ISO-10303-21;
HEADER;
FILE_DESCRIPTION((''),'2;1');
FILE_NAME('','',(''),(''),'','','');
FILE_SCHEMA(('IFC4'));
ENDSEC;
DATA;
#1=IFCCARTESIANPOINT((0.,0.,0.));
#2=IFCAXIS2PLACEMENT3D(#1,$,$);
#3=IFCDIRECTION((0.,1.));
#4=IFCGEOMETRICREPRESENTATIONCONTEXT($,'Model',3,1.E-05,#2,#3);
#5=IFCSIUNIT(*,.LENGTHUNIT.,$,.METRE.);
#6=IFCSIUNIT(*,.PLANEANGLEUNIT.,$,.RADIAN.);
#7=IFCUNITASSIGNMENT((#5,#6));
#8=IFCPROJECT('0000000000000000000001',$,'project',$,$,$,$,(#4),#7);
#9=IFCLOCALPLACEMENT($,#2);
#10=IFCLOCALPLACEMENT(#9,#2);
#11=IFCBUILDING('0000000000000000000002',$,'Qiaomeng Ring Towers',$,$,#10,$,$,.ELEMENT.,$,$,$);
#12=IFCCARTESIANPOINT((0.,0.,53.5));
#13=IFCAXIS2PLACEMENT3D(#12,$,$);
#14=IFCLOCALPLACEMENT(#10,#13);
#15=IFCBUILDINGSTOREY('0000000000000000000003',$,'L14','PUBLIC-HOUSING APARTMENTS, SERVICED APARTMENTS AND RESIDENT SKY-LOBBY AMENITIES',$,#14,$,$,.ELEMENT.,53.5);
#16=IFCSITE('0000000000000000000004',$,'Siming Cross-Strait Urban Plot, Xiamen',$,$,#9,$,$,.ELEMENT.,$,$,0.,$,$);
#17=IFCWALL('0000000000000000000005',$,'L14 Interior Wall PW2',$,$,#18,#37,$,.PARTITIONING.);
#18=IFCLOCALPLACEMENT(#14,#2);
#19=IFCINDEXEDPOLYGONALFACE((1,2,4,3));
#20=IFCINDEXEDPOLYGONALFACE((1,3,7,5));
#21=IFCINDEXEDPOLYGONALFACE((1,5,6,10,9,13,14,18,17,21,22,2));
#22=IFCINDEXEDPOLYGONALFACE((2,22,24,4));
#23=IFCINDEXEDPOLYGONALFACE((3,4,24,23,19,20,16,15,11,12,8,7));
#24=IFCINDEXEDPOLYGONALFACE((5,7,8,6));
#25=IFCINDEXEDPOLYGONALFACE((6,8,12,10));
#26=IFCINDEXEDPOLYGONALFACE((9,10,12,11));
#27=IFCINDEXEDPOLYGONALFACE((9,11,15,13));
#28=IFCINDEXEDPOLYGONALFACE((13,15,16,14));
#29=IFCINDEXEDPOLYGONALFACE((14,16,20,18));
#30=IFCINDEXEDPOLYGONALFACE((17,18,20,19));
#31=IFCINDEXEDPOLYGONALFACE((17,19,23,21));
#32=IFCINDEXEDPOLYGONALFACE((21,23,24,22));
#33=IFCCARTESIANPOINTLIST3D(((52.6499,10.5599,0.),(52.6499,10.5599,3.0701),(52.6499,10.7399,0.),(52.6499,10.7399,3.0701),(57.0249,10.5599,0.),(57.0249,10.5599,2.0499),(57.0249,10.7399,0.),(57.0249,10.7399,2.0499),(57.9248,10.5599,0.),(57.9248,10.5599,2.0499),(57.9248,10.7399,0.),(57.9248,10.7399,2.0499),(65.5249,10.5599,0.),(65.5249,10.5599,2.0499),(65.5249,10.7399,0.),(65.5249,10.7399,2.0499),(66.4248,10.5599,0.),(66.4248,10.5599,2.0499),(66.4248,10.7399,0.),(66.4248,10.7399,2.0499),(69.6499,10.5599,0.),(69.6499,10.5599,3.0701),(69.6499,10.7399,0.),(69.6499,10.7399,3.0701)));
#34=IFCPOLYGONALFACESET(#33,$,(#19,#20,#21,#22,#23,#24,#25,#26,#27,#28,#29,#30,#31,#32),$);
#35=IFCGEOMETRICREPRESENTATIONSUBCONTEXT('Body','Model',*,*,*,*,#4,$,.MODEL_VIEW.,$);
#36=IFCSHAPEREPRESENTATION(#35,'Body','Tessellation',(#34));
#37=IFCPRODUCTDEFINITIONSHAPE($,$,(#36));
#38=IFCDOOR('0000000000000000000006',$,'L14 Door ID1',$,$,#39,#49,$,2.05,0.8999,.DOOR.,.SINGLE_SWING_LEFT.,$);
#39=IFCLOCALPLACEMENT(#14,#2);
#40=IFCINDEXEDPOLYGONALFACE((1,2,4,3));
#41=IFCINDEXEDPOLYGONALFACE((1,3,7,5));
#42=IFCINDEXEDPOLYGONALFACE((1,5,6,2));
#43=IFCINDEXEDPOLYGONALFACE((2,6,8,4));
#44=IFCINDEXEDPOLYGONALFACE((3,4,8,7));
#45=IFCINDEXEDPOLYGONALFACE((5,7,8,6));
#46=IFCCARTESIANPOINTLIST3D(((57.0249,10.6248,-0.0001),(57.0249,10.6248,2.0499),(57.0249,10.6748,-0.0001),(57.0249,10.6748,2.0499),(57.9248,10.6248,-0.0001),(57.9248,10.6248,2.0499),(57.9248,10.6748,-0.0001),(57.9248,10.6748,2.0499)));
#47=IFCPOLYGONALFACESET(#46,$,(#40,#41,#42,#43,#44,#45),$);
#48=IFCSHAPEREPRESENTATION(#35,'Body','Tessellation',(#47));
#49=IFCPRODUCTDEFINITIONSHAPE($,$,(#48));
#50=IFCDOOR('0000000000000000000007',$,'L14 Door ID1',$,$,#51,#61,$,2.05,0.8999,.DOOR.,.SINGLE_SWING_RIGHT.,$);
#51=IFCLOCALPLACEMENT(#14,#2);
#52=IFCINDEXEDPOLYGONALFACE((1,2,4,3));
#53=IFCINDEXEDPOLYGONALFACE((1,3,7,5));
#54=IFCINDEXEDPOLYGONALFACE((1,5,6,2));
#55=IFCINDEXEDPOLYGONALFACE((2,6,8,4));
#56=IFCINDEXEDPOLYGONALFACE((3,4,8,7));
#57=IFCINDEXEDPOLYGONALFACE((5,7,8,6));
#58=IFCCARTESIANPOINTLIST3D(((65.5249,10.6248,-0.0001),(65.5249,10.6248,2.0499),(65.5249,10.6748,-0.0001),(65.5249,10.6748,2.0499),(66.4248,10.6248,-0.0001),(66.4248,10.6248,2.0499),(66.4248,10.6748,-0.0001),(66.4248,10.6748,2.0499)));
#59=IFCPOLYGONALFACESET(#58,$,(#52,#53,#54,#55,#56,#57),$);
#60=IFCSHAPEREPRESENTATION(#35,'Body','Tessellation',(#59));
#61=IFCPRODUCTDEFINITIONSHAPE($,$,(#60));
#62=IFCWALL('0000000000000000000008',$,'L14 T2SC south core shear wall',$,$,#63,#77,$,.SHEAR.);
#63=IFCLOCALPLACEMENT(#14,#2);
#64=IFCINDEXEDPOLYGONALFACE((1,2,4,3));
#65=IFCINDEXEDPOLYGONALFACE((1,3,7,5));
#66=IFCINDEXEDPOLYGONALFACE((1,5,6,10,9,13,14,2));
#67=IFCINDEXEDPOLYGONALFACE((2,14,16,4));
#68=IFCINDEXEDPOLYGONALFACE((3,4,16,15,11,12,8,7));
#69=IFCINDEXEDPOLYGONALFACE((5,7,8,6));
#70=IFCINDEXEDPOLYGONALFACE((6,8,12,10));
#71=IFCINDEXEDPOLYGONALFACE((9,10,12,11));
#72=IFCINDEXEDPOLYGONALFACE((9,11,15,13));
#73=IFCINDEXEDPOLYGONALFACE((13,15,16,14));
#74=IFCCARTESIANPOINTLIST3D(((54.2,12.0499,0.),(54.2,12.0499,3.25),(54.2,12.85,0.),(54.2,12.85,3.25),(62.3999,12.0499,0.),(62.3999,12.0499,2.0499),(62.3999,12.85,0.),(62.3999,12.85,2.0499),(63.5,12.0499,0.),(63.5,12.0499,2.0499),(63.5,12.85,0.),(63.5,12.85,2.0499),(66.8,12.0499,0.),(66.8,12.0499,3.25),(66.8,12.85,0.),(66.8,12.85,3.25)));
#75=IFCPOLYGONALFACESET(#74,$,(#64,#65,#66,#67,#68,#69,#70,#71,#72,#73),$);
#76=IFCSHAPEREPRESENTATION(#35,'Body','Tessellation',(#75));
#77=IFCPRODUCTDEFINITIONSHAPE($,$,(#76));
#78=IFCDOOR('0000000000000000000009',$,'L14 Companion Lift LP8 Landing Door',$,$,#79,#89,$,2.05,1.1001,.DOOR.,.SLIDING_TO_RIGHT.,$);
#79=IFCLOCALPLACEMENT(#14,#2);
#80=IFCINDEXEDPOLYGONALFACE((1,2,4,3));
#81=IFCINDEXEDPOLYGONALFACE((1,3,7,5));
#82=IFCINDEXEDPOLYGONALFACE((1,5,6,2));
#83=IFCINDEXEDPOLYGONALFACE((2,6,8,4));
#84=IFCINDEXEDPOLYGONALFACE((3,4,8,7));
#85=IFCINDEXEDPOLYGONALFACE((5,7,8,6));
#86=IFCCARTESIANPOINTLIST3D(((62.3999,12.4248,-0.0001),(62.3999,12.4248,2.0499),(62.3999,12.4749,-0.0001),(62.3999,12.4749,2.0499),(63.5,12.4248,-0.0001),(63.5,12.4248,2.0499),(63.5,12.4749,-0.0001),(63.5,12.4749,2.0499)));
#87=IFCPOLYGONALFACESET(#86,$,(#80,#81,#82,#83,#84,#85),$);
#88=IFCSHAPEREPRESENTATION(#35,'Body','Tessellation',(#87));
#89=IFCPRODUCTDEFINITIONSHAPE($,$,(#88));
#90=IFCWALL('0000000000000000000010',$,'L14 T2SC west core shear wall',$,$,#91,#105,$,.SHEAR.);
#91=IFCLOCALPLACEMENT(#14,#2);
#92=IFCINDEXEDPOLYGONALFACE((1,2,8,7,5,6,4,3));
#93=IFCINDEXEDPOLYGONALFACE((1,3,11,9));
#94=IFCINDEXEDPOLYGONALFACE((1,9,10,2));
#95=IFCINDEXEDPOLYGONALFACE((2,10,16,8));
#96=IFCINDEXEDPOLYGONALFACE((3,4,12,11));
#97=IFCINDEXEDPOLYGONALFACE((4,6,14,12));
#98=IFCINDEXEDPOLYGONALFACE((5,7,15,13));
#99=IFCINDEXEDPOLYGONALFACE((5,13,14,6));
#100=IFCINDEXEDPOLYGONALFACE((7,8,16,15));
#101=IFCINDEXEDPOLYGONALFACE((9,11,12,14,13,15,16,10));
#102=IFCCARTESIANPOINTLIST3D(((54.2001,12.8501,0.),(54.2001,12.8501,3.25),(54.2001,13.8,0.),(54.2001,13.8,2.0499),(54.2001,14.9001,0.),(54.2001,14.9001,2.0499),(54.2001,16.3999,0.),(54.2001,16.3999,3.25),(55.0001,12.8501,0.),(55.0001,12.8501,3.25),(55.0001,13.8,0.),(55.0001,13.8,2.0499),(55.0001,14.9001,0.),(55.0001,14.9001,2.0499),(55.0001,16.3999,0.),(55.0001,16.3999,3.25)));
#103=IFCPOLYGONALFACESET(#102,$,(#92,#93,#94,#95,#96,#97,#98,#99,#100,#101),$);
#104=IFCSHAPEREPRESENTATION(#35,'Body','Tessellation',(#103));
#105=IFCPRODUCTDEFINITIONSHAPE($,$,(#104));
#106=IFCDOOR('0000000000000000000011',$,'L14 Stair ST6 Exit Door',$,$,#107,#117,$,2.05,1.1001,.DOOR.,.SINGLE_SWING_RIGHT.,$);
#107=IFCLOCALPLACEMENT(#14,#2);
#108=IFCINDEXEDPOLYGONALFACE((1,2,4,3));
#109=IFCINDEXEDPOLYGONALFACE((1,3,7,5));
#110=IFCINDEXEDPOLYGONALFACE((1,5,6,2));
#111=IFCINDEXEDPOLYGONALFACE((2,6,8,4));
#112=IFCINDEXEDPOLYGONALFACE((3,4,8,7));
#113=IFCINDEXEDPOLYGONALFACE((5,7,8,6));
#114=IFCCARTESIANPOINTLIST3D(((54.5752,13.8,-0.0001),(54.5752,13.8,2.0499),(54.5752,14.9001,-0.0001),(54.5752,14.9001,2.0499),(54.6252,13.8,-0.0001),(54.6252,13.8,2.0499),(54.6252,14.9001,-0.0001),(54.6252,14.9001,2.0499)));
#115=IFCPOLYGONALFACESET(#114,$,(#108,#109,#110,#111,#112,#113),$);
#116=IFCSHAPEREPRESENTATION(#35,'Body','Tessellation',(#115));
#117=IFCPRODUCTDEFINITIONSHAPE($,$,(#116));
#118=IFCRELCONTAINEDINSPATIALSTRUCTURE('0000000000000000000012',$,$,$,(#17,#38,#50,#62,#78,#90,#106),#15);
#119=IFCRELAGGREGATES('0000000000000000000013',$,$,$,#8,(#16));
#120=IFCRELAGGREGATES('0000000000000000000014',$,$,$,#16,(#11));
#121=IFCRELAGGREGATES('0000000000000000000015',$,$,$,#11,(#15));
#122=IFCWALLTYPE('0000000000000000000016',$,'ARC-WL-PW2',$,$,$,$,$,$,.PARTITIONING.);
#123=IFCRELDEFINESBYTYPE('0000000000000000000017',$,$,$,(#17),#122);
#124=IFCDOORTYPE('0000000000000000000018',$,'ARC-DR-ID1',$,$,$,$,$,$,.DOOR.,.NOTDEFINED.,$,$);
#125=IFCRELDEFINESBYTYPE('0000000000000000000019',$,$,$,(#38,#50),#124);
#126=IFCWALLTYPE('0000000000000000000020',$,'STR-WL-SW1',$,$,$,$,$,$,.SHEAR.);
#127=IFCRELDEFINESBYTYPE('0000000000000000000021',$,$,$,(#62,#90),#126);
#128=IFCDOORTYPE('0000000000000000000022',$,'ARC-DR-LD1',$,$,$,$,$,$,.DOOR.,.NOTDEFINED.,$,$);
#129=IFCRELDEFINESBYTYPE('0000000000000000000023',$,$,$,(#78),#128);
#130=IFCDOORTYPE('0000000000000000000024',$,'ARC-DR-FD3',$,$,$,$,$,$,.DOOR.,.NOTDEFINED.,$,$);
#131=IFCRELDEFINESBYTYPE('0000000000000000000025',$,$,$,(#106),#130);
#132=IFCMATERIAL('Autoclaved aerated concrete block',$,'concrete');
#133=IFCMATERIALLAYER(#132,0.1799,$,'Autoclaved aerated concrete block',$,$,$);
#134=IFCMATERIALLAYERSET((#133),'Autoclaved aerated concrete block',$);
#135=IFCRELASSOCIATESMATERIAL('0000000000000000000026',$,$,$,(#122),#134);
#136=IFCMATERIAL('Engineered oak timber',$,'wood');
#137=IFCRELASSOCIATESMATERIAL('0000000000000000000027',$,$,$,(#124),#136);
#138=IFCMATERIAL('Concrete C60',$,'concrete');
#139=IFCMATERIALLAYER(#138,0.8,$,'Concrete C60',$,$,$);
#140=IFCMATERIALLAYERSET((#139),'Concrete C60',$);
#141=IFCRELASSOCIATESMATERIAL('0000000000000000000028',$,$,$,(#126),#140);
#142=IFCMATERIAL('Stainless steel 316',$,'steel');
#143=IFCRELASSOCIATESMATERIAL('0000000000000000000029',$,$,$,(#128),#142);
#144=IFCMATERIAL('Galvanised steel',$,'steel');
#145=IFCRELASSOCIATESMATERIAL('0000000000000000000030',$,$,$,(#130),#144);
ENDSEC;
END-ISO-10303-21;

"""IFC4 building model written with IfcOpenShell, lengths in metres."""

from ifc_helpers import new_model, si_unit, direction, frame, frame_2d, origin, place, context, subcontext, project, spatial, rectangle, extrude, source, transform, mapped, material, layer, layer_set, type_object, element, fill, save


model = new_model("IFC4")

# Units and contexts
model_context = context("Model", 3, precision=1e-05, world=origin(), true_north=direction((0.0, 1.0)))
body_context = subcontext(model_context, "Body", "Model", "MODEL_VIEW")
ifc_project = project(units=[si_unit("LENGTHUNIT", "METRE"), si_unit("PLANEANGLEUNIT", "RADIAN")], contexts=[model_context])

# Site, building, storey
site_placement = place(None, origin())
site = spatial("IfcSite", under=ifc_project, at=site_placement, Name="Siming Cross-Strait Urban Plot, Xiamen", CompositionType="ELEMENT", RefElevation=0.0)
building_placement = place(site_placement, origin())
building = spatial("IfcBuilding", under=site, at=building_placement, Name="Qiaomeng Ring Towers", CompositionType="ELEMENT")
storey_placement = place(building_placement, frame((0.0, 0.0, 53.5)))
storey = spatial("IfcBuildingStorey", under=building, at=storey_placement, Name="L14", Description="PUBLIC-HOUSING APARTMENTS, SERVICED APARTMENTS AND RESIDENT SKY-LOBBY AMENITIES", CompositionType="ELEMENT", Elevation=53.5)

# Shared definitions
ifc_material_1 = material(Name="Concrete C60", Category="concrete")

# Wall, openings, doors
ifc_material_2 = material(Name="Autoclaved aerated concrete block", Category="concrete")
ifc_layer_1 = layer(ifc_material_2, 0.1799, Name="Autoclaved aerated concrete block")
ifc_layer_set_1 = layer_set([ifc_layer_1], Name="Autoclaved aerated concrete block")
wall_type_1 = type_object("IfcWallType", Name="ARC-WL-PW2", PredefinedType="PARTITIONING", material=ifc_layer_set_1)
ifc_material_3 = material(Name="Engineered oak timber", Category="wood")
door_type_1 = type_object("IfcDoorType", Name="ARC-DR-ID1", OperationType="NOTDEFINED", PredefinedType="DOOR", material=ifc_material_3)
shared_shape_1 = source(origin(), body_context, "Body", "SweptSolid", [
    extrude(rectangle(XDim=0.8999, YDim=2.05, at=frame_2d((0.45, 1.0249))), frame((0.0, 0.0249, 0.0), z_axis=(0.0, -1.0, 0.0), x_axis=(1.0, 0.0, 0.0)), (0.0, 0.0, 1.0), 0.05),
])
wall_1_placement = place(storey_placement, frame((52.6499, 10.6499, 0.0), z_axis=(0.0, 0.0, 1.0), x_axis=(1.0, 0.0, 0.0)))
wall_1 = element("IfcWall", 1, at=wall_1_placement, inside=storey, type_object=wall_type_1, Name="L14 Interior Wall PW2", PredefinedType="PARTITIONING", context=body_context, shape_type="SweptSolid", body=[
    extrude(rectangle(XDim=17.0, YDim=0.1799, at=frame_2d((8.5, 0.0))), origin(), (0.0, 0.0, 1.0), 3.0701),
])
opening_1_placement = place(wall_1_placement, frame((4.375, 0.0, 0.0)))
opening_1 = element("IfcOpeningElement", 2, at=opening_1_placement, cuts=wall_1, PredefinedType="OPENING", context=body_context, shape_type="SweptSolid", body=[
    extrude(rectangle(XDim=0.8999, YDim=2.05, at=frame_2d((0.45, 1.0249))), frame((0.0, 0.0999, 0.0), z_axis=(0.0, -1.0, 0.0), x_axis=(1.0, 0.0, 0.0)), (0.0, 0.0, 1.0), 0.2),
])
opening_2_placement = place(wall_1_placement, frame((12.875, 0.0, 0.0)))
opening_2 = element("IfcOpeningElement", 3, at=opening_2_placement, cuts=wall_1, PredefinedType="OPENING", context=body_context, shape_type="SweptSolid", body=[
    extrude(rectangle(XDim=0.8999, YDim=2.05, at=frame_2d((0.45, 1.0249))), frame((0.0, 0.0999, 0.0), z_axis=(0.0, -1.0, 0.0), x_axis=(1.0, 0.0, 0.0)), (0.0, 0.0, 1.0), 0.2),
])
door_1_placement = place(opening_1_placement, origin())
door_1 = element("IfcDoor", 4, at=door_1_placement, inside=storey, type_object=door_type_1, Name="L14 Door ID1", OperationType="SINGLE_SWING_LEFT", OverallHeight=2.05, OverallWidth=0.8999, PredefinedType="DOOR", context=body_context, shape_type="MappedRepresentation", body=[
    mapped(shared_shape_1, transform((0.0, 0.0, 0.0), x_axis=(1.0, 0.0, 0.0), y_axis=(0.0, 1.0, 0.0), z_axis=(0.0, 0.0, 1.0), scale=1.0)),
])
fill(opening_1, door_1)
door_2_placement = place(opening_2_placement, origin())
door_2 = element("IfcDoor", 5, at=door_2_placement, inside=storey, type_object=door_type_1, Name="L14 Door ID1", OperationType="SINGLE_SWING_RIGHT", OverallHeight=2.05, OverallWidth=0.8999, PredefinedType="DOOR", context=body_context, shape_type="MappedRepresentation", body=[
    mapped(shared_shape_1, transform((0.0, 0.0, 0.0), x_axis=(1.0, 0.0, 0.0), y_axis=(0.0, 1.0, 0.0), z_axis=(0.0, 0.0, 1.0), scale=1.0)),
])
fill(opening_2, door_2)

# Walls, openings, doors
ifc_layer_2 = layer(ifc_material_1, 0.8, Name="Concrete C60")
ifc_layer_set_2 = layer_set([ifc_layer_2], Name="Concrete C60")
wall_type_2 = type_object("IfcWallType", Name="STR-WL-SW1", PredefinedType="SHEAR", material=ifc_layer_set_2)
wall_2_placement = place(storey_placement, frame((54.2, 12.45, 0.0), z_axis=(0.0, 0.0, 1.0), x_axis=(1.0, 0.0, 0.0)))
wall_2 = element("IfcWall", 6, at=wall_2_placement, inside=storey, type_object=wall_type_2, Name="L14 T2SC south core shear wall", PredefinedType="SHEAR", context=body_context, shape_type="SweptSolid", body=[
    extrude(rectangle(XDim=12.6001, YDim=0.8, at=frame_2d((6.3, 0.0))), origin(), (0.0, 0.0, 1.0), 3.25),
])
opening_3_placement = place(wall_2_placement, frame((8.2, 0.0, 0.0)))
opening_3 = element("IfcOpeningElement", 7, at=opening_3_placement, cuts=wall_2, PredefinedType="OPENING", context=body_context, shape_type="SweptSolid", body=[
    extrude(rectangle(XDim=1.1001, YDim=2.05, at=frame_2d((0.55, 1.0249))), frame((0.0, 0.4099, 0.0), z_axis=(0.0, -1.0, 0.0), x_axis=(1.0, 0.0, 0.0)), (0.0, 0.0, 1.0), 0.8201),
])
ifc_material_4 = material(Name="Stainless steel 316", Category="steel")
door_type_2 = type_object("IfcDoorType", Name="ARC-DR-LD1", OperationType="NOTDEFINED", PredefinedType="DOOR", material=ifc_material_4)
shared_shape_2 = source(origin(), body_context, "Body", "SweptSolid", [
    extrude(rectangle(XDim=1.1001, YDim=2.05, at=frame_2d((0.55, 1.0249))), frame((0.0, 0.0249, 0.0), z_axis=(0.0, -1.0, 0.0), x_axis=(1.0, 0.0, 0.0)), (0.0, 0.0, 1.0), 0.05),
])
door_3_placement = place(opening_3_placement, origin())
door_3 = element("IfcDoor", 8, at=door_3_placement, inside=storey, type_object=door_type_2, Name="L14 Companion Lift LP8 Landing Door", OperationType="SLIDING_TO_RIGHT", OverallHeight=2.05, OverallWidth=1.1001, PredefinedType="DOOR", context=body_context, shape_type="MappedRepresentation", body=[
    mapped(shared_shape_2, transform((0.0, 0.0, 0.0), x_axis=(1.0, 0.0, 0.0), y_axis=(0.0, 1.0, 0.0), z_axis=(0.0, 0.0, 1.0), scale=1.0)),
])
fill(opening_3, door_3)
wall_3_placement = place(storey_placement, frame((54.6001, 12.8501, 0.0), z_axis=(0.0, 0.0, 1.0), x_axis=(0.0, 1.0, 0.0)))
wall_3 = element("IfcWall", 9, at=wall_3_placement, inside=storey, type_object=wall_type_2, Name="L14 T2SC west core shear wall", PredefinedType="SHEAR", context=body_context, shape_type="SweptSolid", body=[
    extrude(rectangle(XDim=3.5498, YDim=0.8, at=frame_2d((1.7749, 0.0))), origin(), (0.0, 0.0, 1.0), 3.25),
])
opening_4_placement = place(wall_3_placement, frame((0.95, 0.0, 0.0)))
opening_4 = element("IfcOpeningElement", 10, at=opening_4_placement, cuts=wall_3, PredefinedType="OPENING", context=body_context, shape_type="SweptSolid", body=[
    extrude(rectangle(XDim=1.1001, YDim=2.05, at=frame_2d((0.55, 1.0249))), frame((0.0, 0.4099, 0.0), z_axis=(0.0, -1.0, 0.0), x_axis=(1.0, 0.0, 0.0)), (0.0, 0.0, 1.0), 0.8201),
])
ifc_material_5 = material(Name="Galvanised steel", Category="steel")
door_type_3 = type_object("IfcDoorType", Name="ARC-DR-FD3", OperationType="NOTDEFINED", PredefinedType="DOOR", material=ifc_material_5)
door_4_placement = place(opening_4_placement, origin())
door_4 = element("IfcDoor", 11, at=door_4_placement, inside=storey, type_object=door_type_3, Name="L14 Stair ST6 Exit Door", OperationType="SINGLE_SWING_RIGHT", OverallHeight=2.05, OverallWidth=1.1001, PredefinedType="DOOR", context=body_context, shape_type="MappedRepresentation", body=[
    mapped(shared_shape_2, transform((0.0, 0.0, 0.0), x_axis=(1.0, 0.0, 0.0), y_axis=(0.0, 1.0, 0.0), z_axis=(0.0, 0.0, 1.0), scale=1.0)),
])
fill(opening_4, door_4)

save(model, "model.ifc")
